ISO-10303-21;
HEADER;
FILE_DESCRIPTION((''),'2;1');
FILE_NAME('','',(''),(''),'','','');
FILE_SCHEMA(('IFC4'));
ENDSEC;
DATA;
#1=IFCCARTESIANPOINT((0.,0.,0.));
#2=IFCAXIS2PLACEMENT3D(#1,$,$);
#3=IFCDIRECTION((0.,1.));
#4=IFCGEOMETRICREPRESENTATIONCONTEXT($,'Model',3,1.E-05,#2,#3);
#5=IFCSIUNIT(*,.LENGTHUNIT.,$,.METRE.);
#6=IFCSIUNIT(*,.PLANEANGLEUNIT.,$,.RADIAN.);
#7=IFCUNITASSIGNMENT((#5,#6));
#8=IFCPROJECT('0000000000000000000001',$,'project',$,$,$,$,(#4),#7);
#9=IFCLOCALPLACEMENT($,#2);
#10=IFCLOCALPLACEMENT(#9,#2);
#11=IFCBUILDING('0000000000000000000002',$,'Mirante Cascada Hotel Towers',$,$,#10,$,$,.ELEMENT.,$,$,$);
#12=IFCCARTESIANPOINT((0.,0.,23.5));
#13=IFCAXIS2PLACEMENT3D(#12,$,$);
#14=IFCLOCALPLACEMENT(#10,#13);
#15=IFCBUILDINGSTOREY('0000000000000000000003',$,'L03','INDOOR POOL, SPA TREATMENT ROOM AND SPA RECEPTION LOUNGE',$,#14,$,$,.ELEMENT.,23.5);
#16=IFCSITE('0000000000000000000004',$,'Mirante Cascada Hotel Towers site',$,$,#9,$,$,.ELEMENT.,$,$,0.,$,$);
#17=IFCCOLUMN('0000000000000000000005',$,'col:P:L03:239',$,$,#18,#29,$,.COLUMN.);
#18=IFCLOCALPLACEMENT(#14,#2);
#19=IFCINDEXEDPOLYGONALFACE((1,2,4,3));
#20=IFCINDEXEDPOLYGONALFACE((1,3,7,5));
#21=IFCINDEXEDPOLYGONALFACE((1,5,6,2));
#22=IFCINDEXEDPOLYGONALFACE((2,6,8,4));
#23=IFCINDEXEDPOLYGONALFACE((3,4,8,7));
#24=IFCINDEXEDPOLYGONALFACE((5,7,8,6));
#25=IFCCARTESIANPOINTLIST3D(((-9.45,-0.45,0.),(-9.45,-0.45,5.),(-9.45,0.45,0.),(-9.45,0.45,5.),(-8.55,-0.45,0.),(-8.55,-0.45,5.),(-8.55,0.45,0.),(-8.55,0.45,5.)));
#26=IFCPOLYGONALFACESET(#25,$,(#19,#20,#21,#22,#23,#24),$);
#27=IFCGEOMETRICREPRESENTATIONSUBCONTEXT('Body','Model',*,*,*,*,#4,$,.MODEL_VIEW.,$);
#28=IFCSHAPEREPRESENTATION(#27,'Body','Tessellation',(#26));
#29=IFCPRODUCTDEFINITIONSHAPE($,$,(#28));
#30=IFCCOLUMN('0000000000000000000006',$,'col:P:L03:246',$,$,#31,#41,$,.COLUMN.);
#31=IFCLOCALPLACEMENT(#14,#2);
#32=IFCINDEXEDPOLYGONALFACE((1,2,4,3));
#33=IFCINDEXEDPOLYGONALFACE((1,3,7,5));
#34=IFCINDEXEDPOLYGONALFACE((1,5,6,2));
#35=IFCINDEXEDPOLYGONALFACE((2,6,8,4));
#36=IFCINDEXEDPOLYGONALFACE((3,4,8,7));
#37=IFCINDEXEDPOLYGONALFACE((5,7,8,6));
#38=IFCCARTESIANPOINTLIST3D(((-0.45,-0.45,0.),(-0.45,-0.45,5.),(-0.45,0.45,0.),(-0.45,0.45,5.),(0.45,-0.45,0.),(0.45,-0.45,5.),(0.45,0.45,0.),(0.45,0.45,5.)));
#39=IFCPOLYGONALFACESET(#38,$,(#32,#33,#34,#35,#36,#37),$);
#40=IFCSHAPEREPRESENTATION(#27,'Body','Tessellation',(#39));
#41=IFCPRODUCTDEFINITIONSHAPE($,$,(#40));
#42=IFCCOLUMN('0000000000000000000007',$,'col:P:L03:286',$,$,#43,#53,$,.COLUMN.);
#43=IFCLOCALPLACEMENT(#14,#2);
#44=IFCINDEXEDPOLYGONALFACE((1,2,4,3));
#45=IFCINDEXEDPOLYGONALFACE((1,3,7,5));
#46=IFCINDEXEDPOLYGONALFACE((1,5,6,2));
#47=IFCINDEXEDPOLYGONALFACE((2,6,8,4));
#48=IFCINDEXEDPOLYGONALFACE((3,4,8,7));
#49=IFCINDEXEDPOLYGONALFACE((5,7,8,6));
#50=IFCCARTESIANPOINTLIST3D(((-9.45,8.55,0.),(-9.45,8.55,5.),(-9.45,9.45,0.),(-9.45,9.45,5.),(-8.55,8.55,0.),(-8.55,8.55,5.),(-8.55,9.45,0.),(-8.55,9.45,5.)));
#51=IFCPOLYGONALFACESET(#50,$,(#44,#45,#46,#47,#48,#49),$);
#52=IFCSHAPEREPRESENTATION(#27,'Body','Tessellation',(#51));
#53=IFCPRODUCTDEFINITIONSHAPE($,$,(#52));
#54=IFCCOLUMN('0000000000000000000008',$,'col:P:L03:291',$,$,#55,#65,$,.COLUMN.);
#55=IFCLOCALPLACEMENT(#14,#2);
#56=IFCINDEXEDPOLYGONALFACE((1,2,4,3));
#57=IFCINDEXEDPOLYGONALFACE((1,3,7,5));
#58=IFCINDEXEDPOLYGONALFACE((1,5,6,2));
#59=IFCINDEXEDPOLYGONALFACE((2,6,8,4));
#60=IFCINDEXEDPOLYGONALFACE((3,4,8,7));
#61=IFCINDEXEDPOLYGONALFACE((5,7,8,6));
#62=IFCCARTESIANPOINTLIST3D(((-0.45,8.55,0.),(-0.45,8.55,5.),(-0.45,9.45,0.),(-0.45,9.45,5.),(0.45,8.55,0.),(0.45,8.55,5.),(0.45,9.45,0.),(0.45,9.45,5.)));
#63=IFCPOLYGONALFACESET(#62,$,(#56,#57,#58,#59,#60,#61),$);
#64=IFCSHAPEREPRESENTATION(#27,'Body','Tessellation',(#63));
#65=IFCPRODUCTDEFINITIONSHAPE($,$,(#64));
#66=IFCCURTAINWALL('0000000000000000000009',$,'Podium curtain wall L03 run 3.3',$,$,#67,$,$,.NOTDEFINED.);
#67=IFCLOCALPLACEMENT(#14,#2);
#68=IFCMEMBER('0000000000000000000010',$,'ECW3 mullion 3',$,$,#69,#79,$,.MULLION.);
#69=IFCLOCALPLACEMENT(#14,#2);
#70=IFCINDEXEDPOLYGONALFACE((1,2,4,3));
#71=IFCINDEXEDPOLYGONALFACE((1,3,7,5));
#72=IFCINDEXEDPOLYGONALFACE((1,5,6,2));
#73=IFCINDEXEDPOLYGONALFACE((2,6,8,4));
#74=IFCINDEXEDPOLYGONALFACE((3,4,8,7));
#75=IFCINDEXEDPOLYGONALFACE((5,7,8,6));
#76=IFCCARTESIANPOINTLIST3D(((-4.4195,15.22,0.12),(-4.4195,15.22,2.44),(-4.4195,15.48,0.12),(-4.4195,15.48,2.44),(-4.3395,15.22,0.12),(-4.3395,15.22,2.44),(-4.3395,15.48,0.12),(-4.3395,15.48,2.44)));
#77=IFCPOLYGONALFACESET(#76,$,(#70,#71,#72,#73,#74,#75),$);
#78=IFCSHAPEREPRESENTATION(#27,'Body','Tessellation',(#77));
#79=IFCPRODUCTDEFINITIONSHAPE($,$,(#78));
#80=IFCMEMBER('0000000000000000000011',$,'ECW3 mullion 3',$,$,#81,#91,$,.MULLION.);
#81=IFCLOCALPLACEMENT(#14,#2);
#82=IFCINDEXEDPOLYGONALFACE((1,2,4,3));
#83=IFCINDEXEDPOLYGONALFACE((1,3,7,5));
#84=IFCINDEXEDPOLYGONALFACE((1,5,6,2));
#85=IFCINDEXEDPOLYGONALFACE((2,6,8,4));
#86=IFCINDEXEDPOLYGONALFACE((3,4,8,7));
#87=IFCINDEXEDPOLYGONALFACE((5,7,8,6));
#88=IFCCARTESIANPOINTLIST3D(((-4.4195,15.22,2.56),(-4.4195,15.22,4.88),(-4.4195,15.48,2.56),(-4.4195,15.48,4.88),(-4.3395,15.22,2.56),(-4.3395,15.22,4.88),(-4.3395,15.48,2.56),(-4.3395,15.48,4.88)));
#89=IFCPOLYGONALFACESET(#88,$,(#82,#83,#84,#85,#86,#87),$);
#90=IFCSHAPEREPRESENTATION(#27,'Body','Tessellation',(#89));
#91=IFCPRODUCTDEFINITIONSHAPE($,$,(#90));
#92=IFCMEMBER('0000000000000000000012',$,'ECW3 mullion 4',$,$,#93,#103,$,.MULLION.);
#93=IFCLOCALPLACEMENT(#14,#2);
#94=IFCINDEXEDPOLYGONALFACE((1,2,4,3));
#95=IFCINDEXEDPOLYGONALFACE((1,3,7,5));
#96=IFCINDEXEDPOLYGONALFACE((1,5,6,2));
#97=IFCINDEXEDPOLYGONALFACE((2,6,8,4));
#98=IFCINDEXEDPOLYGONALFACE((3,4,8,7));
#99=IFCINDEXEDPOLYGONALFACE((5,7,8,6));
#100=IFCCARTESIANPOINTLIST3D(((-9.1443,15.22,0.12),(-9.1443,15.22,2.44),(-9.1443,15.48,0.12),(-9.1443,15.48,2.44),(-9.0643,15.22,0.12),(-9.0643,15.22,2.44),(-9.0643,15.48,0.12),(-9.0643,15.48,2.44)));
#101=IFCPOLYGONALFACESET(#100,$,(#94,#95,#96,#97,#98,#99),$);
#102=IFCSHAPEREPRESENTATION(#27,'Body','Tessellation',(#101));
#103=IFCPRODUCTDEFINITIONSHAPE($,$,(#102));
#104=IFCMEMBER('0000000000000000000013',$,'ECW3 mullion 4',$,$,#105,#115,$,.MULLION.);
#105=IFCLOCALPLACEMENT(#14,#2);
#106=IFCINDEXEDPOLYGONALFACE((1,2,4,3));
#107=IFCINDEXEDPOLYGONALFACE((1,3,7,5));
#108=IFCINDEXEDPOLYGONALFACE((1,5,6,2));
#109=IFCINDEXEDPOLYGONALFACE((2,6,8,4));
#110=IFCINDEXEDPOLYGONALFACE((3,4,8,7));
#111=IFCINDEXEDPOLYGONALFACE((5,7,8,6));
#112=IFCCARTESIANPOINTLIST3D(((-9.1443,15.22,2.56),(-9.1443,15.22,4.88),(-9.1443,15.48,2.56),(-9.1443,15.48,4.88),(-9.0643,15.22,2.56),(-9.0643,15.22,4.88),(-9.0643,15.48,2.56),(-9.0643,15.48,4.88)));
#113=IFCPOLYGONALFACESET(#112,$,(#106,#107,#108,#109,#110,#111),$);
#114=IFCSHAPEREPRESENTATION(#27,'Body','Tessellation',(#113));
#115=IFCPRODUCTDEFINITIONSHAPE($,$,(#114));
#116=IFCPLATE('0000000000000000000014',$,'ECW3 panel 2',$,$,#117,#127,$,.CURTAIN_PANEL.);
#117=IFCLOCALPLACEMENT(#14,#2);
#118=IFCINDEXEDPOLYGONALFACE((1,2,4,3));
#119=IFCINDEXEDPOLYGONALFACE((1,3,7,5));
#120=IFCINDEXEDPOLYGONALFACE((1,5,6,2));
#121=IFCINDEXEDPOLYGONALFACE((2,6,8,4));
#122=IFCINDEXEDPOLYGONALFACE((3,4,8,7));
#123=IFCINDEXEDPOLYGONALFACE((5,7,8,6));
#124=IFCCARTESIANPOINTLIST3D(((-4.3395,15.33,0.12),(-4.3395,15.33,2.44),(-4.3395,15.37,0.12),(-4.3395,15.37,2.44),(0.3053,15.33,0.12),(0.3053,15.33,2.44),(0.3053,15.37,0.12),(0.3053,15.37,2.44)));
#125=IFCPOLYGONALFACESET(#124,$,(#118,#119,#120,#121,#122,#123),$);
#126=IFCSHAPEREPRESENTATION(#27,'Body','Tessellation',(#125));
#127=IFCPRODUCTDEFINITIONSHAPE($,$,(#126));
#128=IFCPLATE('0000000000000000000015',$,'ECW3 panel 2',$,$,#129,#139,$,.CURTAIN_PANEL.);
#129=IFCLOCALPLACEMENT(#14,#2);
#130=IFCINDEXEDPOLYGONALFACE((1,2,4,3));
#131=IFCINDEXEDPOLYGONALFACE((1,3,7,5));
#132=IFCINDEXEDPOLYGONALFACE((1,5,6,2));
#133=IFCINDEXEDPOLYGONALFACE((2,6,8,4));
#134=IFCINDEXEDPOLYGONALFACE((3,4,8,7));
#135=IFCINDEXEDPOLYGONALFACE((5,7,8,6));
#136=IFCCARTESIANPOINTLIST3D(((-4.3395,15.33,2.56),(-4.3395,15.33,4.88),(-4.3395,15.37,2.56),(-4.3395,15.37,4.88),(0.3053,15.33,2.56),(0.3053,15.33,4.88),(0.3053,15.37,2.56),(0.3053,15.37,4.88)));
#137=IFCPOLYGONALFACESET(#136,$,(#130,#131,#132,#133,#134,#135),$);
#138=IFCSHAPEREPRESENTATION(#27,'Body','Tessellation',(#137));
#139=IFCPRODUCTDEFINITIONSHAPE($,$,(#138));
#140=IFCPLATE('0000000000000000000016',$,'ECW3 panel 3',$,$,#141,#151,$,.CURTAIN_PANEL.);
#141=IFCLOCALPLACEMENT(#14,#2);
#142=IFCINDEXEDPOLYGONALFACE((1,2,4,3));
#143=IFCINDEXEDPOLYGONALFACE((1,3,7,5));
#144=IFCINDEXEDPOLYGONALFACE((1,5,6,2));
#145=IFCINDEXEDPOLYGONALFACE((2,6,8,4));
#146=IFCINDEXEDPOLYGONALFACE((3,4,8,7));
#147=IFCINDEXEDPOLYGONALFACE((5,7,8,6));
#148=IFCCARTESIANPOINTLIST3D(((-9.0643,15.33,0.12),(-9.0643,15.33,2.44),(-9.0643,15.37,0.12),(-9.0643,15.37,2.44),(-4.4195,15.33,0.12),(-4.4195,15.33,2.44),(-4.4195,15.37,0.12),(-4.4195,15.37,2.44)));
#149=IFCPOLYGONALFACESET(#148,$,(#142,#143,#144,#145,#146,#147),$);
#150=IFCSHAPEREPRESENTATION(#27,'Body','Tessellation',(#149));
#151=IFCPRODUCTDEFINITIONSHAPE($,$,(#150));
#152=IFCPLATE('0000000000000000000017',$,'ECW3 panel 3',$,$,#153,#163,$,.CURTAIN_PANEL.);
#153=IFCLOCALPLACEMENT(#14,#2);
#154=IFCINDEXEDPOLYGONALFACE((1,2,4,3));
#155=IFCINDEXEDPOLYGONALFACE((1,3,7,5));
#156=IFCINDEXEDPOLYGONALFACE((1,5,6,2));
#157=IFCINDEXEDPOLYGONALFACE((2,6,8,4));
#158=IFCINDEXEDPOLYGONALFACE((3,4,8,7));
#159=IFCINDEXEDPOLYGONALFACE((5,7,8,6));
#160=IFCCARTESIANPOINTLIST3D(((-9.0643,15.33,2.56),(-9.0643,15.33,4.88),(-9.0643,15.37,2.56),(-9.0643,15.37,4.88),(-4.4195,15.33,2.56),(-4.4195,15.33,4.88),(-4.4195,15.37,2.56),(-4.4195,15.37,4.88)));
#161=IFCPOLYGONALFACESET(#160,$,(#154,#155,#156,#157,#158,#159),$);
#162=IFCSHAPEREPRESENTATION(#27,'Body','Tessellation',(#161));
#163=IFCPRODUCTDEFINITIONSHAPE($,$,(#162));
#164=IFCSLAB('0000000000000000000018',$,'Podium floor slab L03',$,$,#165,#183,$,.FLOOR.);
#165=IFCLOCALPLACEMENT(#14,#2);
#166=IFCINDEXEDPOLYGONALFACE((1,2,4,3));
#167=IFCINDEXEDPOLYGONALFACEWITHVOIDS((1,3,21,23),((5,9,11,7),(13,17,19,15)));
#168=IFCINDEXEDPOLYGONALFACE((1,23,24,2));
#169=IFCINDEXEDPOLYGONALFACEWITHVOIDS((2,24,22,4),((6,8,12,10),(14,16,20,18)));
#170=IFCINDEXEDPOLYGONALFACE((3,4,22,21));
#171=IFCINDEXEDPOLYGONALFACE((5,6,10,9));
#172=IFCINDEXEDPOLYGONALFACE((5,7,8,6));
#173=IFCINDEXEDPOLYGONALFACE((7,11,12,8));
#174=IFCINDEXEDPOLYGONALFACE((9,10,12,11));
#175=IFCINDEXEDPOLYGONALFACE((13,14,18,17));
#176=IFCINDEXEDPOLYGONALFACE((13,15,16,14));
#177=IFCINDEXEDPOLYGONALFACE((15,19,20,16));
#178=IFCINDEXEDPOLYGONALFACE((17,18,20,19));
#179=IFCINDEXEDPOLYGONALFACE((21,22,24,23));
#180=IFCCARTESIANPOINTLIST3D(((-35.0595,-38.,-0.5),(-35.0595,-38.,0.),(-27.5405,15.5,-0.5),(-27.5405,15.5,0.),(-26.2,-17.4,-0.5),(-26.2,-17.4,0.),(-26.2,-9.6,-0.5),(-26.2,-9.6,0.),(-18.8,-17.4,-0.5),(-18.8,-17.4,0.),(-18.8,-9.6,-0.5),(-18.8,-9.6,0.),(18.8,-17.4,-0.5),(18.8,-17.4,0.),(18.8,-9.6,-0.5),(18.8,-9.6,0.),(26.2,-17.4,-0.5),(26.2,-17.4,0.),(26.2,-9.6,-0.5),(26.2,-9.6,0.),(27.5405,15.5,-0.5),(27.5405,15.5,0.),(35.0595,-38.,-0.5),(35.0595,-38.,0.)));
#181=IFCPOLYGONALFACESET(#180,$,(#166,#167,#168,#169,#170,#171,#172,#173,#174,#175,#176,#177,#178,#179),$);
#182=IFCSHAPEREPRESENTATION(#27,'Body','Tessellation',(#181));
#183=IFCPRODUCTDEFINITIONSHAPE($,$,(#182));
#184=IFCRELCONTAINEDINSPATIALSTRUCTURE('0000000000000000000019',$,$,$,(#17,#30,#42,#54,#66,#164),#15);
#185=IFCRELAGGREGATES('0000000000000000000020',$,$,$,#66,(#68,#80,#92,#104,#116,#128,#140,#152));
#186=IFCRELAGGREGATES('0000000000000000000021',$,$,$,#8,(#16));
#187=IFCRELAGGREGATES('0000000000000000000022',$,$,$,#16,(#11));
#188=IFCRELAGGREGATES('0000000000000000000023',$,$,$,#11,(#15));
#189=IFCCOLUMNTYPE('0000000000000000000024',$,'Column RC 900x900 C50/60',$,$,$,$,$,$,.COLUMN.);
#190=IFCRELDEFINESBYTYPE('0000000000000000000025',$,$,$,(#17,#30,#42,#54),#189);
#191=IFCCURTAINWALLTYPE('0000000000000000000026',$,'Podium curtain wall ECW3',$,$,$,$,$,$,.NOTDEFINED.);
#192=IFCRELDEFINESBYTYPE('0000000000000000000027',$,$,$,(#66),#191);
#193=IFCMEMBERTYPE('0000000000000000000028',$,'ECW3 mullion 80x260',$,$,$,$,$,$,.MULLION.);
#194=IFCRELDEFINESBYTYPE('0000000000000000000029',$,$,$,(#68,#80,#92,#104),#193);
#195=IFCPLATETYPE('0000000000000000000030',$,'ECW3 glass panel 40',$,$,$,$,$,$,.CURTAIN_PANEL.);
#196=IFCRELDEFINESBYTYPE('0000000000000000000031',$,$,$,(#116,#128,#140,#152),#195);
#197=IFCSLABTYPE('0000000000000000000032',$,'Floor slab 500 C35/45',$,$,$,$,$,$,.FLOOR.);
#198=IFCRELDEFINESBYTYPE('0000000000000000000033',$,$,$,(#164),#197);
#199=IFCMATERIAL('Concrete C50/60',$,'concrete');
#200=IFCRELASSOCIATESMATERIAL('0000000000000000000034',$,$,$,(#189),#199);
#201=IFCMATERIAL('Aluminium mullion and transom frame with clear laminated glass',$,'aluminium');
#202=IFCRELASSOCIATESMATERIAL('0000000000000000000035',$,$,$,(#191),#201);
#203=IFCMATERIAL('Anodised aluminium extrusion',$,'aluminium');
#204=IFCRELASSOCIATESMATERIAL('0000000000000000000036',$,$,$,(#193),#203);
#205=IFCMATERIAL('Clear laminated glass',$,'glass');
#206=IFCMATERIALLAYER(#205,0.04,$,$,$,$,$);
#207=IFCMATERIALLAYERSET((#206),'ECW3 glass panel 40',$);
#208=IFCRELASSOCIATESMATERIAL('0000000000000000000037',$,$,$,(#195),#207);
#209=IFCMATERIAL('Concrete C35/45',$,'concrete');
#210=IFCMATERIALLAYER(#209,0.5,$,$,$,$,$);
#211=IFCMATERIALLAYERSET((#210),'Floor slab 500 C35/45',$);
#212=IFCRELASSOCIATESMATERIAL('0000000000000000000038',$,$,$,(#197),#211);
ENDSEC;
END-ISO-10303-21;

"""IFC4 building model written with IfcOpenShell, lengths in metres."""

from ifc_helpers import new_model, si_unit, direction, frame, origin, origin_2d, place, context, subcontext, project, spatial, polyline, rectangle, outline, extrude, material, layer, layer_set, material_profile, profile_set, type_object, element, aggregate, save


model = new_model("IFC4")

# Units and contexts
model_context = context("Model", 3, precision=1e-05, world=origin(), true_north=direction((0.0, 1.0)))
body_context = subcontext(model_context, "Body", "Model", "MODEL_VIEW")
ifc_project = project(units=[si_unit("LENGTHUNIT", "METRE"), si_unit("PLANEANGLEUNIT", "RADIAN")], contexts=[model_context])

# Site, building, storey
site_placement = place(None, origin())
site = spatial("IfcSite", under=ifc_project, at=site_placement, Name="Mirante Cascada Hotel Towers site", CompositionType="ELEMENT", RefElevation=0.0)
building_placement = place(site_placement, origin())
building = spatial("IfcBuilding", under=site, at=building_placement, Name="Mirante Cascada Hotel Towers", CompositionType="ELEMENT")
storey_placement = place(building_placement, frame((0.0, 0.0, 23.5)))
storey = spatial("IfcBuildingStorey", under=building, at=storey_placement, Name="L03", Description="INDOOR POOL, SPA TREATMENT ROOM AND SPA RECEPTION LOUNGE", CompositionType="ELEMENT", Elevation=23.5)

# Columns
ifc_material_1 = material(Name="Concrete C50/60", Category="concrete")
ifc_material_profile_1 = material_profile(ifc_material_1, rectangle(XDim=0.9, YDim=0.9, at=origin_2d()), Name="RC 900x900")
ifc_profile_set_1 = profile_set([ifc_material_profile_1], Name="Concrete C50/60")
column_type = type_object("IfcColumnType", Name="Column RC 900x900 C50/60", PredefinedType="COLUMN", material=ifc_profile_set_1)
for number, where, z_axis, x_axis, name in (
    (1, (-9.0, 0.0, 0.0), (0.0, 0.0, 1.0), (1.0, 0.0, 0.0), "col:P:L03:239"),
    (2, (0.0, 0.0, 0.0), (0.0, 0.0, 1.0), (1.0, 0.0, 0.0), "col:P:L03:246"),
    (3, (-9.0, 9.0, 0.0), (0.0, 0.0, 1.0), (1.0, 0.0, 0.0), "col:P:L03:286"),
    (4, (0.0, 9.0, 0.0), (0.0, 0.0, 1.0), (1.0, 0.0, 0.0), "col:P:L03:291"),
):
    element("IfcColumn", number, at=place(storey_placement, frame(where, z_axis=z_axis, x_axis=x_axis)), inside=storey, type_object=column_type, Name=name, PredefinedType="COLUMN", context=body_context, shape_type="SweptSolid", body=[
        extrude(rectangle(XDim=0.9, YDim=0.9, at=origin_2d()), origin(), (0.0, 0.0, 1.0), 5.0),
    ])

# Curtain wall, members, plates
ifc_material_2 = material(Name="Aluminium mullion and transom frame with clear laminated glass", Category="aluminium")
curtain_wall_type = type_object("IfcCurtainWallType", Name="Podium curtain wall ECW3", PredefinedType="NOTDEFINED", material=ifc_material_2)
curtain_wall_placement = place(storey_placement, origin())
curtain_wall = element("IfcCurtainWall", 5, at=curtain_wall_placement, inside=storey, type_object=curtain_wall_type, Name="Podium curtain wall L03 run 3.3", PredefinedType="NOTDEFINED")
ifc_material_3 = material(Name="Anodised aluminium extrusion", Category="aluminium")
ifc_material_profile_2 = material_profile(ifc_material_3, rectangle(XDim=0.26, YDim=0.08, at=origin_2d()), Name="ECW3 MULLION 80x260")
ifc_profile_set_2 = profile_set([ifc_material_profile_2], Name="Anodised aluminium extrusion")
member_type = type_object("IfcMemberType", Name="ECW3 mullion 80x260", PredefinedType="MULLION", material=ifc_profile_set_2)
member_1_placement = place(storey_placement, frame((-4.3795, 15.35, 0.12), z_axis=(0.0, 0.0, 1.0), x_axis=(0.0, -1.0, 0.0)))
member_1 = element("IfcMember", 6, at=member_1_placement, type_object=member_type, Name="ECW3 mullion 3", PredefinedType="MULLION", context=body_context, shape_type="SweptSolid", body=[
    extrude(rectangle(XDim=0.26, YDim=0.08, at=origin_2d()), origin(), (0.0, 0.0, 1.0), 2.32),
])
member_2_placement = place(storey_placement, frame((-4.3795, 15.35, 2.56), z_axis=(0.0, 0.0, 1.0), x_axis=(0.0, -1.0, 0.0)))
member_2 = element("IfcMember", 7, at=member_2_placement, type_object=member_type, Name="ECW3 mullion 3", PredefinedType="MULLION", context=body_context, shape_type="SweptSolid", body=[
    extrude(rectangle(XDim=0.26, YDim=0.08, at=origin_2d()), origin(), (0.0, 0.0, 1.0), 2.32),
])
member_3_placement = place(storey_placement, frame((-9.1043, 15.35, 0.12), z_axis=(0.0, 0.0, 1.0), x_axis=(0.0, -1.0, 0.0)))
member_3 = element("IfcMember", 8, at=member_3_placement, type_object=member_type, Name="ECW3 mullion 4", PredefinedType="MULLION", context=body_context, shape_type="SweptSolid", body=[
    extrude(rectangle(XDim=0.26, YDim=0.08, at=origin_2d()), origin(), (0.0, 0.0, 1.0), 2.32),
])
member_4_placement = place(storey_placement, frame((-9.1043, 15.35, 2.56), z_axis=(0.0, 0.0, 1.0), x_axis=(0.0, -1.0, 0.0)))
member_4 = element("IfcMember", 9, at=member_4_placement, type_object=member_type, Name="ECW3 mullion 4", PredefinedType="MULLION", context=body_context, shape_type="SweptSolid", body=[
    extrude(rectangle(XDim=0.26, YDim=0.08, at=origin_2d()), origin(), (0.0, 0.0, 1.0), 2.32),
])
ifc_material_4 = material(Name="Clear laminated glass", Category="glass")
ifc_layer_1 = layer(ifc_material_4, 0.04)
ifc_layer_set_1 = layer_set([ifc_layer_1], Name="ECW3 glass panel 40")
plate_type = type_object("IfcPlateType", Name="ECW3 glass panel 40", PredefinedType="CURTAIN_PANEL", material=ifc_layer_set_1)
plate_1_placement = place(storey_placement, frame((-2.0171, 15.35, 0.12), z_axis=(0.0, 0.0, 1.0), x_axis=(-1.0, 0.0, 0.0)))
plate_1 = element("IfcPlate", 10, at=plate_1_placement, type_object=plate_type, Name="ECW3 panel 2", PredefinedType="CURTAIN_PANEL", context=body_context, shape_type="SweptSolid", body=[
    extrude(rectangle(XDim=4.6448, YDim=0.04, at=origin_2d()), origin(), (0.0, 0.0, 1.0), 2.32),
])
plate_2_placement = place(storey_placement, frame((-2.0171, 15.35, 2.56), z_axis=(0.0, 0.0, 1.0), x_axis=(-1.0, 0.0, 0.0)))
plate_2 = element("IfcPlate", 11, at=plate_2_placement, type_object=plate_type, Name="ECW3 panel 2", PredefinedType="CURTAIN_PANEL", context=body_context, shape_type="SweptSolid", body=[
    extrude(rectangle(XDim=4.6448, YDim=0.04, at=origin_2d()), origin(), (0.0, 0.0, 1.0), 2.32),
])
plate_3_placement = place(storey_placement, frame((-6.7419, 15.35, 0.12), z_axis=(0.0, 0.0, 1.0), x_axis=(-1.0, 0.0, 0.0)))
plate_3 = element("IfcPlate", 12, at=plate_3_placement, type_object=plate_type, Name="ECW3 panel 3", PredefinedType="CURTAIN_PANEL", context=body_context, shape_type="SweptSolid", body=[
    extrude(rectangle(XDim=4.6448, YDim=0.04, at=origin_2d()), origin(), (0.0, 0.0, 1.0), 2.32),
])
plate_4_placement = place(storey_placement, frame((-6.7419, 15.35, 2.56), z_axis=(0.0, 0.0, 1.0), x_axis=(-1.0, 0.0, 0.0)))
plate_4 = element("IfcPlate", 13, at=plate_4_placement, type_object=plate_type, Name="ECW3 panel 3", PredefinedType="CURTAIN_PANEL", context=body_context, shape_type="SweptSolid", body=[
    extrude(rectangle(XDim=4.6448, YDim=0.04, at=origin_2d()), origin(), (0.0, 0.0, 1.0), 2.32),
])
aggregate(curtain_wall, [member_1, member_2, member_3, member_4, plate_1, plate_2, plate_3, plate_4])

# Slab
ifc_material_5 = material(Name="Concrete C35/45", Category="concrete")
ifc_layer_2 = layer(ifc_material_5, 0.5)
ifc_layer_set_2 = layer_set([ifc_layer_2], Name="Floor slab 500 C35/45")
slab_type_1 = type_object("IfcSlabType", Name="Floor slab 500 C35/45", PredefinedType="FLOOR", material=ifc_layer_set_2)
slab_1_placement = place(storey_placement, frame((0.0, 0.0, -0.5)))
element("IfcSlab", 14, at=slab_1_placement, inside=storey, type_object=slab_type_1, Name="Podium floor slab L03", PredefinedType="FLOOR", context=body_context, shape_type="SweptSolid", body=[
    extrude(outline(polyline([(-27.5405, 15.5), (27.5405, 15.5), (35.0595, -38.0), (-35.0595, -38.0), (-27.5405, 15.5)]), holes=[polyline([(26.2, -17.4), (26.2, -9.6), (18.8, -9.6), (18.8, -17.4), (26.2, -17.4)]), polyline([(-18.8, -17.4), (-18.8, -9.6), (-26.2, -9.6), (-26.2, -17.4), (-18.8, -17.4)])]), origin(), (0.0, 0.0, 1.0), 0.5),
])

save(model, "model.ifc")
